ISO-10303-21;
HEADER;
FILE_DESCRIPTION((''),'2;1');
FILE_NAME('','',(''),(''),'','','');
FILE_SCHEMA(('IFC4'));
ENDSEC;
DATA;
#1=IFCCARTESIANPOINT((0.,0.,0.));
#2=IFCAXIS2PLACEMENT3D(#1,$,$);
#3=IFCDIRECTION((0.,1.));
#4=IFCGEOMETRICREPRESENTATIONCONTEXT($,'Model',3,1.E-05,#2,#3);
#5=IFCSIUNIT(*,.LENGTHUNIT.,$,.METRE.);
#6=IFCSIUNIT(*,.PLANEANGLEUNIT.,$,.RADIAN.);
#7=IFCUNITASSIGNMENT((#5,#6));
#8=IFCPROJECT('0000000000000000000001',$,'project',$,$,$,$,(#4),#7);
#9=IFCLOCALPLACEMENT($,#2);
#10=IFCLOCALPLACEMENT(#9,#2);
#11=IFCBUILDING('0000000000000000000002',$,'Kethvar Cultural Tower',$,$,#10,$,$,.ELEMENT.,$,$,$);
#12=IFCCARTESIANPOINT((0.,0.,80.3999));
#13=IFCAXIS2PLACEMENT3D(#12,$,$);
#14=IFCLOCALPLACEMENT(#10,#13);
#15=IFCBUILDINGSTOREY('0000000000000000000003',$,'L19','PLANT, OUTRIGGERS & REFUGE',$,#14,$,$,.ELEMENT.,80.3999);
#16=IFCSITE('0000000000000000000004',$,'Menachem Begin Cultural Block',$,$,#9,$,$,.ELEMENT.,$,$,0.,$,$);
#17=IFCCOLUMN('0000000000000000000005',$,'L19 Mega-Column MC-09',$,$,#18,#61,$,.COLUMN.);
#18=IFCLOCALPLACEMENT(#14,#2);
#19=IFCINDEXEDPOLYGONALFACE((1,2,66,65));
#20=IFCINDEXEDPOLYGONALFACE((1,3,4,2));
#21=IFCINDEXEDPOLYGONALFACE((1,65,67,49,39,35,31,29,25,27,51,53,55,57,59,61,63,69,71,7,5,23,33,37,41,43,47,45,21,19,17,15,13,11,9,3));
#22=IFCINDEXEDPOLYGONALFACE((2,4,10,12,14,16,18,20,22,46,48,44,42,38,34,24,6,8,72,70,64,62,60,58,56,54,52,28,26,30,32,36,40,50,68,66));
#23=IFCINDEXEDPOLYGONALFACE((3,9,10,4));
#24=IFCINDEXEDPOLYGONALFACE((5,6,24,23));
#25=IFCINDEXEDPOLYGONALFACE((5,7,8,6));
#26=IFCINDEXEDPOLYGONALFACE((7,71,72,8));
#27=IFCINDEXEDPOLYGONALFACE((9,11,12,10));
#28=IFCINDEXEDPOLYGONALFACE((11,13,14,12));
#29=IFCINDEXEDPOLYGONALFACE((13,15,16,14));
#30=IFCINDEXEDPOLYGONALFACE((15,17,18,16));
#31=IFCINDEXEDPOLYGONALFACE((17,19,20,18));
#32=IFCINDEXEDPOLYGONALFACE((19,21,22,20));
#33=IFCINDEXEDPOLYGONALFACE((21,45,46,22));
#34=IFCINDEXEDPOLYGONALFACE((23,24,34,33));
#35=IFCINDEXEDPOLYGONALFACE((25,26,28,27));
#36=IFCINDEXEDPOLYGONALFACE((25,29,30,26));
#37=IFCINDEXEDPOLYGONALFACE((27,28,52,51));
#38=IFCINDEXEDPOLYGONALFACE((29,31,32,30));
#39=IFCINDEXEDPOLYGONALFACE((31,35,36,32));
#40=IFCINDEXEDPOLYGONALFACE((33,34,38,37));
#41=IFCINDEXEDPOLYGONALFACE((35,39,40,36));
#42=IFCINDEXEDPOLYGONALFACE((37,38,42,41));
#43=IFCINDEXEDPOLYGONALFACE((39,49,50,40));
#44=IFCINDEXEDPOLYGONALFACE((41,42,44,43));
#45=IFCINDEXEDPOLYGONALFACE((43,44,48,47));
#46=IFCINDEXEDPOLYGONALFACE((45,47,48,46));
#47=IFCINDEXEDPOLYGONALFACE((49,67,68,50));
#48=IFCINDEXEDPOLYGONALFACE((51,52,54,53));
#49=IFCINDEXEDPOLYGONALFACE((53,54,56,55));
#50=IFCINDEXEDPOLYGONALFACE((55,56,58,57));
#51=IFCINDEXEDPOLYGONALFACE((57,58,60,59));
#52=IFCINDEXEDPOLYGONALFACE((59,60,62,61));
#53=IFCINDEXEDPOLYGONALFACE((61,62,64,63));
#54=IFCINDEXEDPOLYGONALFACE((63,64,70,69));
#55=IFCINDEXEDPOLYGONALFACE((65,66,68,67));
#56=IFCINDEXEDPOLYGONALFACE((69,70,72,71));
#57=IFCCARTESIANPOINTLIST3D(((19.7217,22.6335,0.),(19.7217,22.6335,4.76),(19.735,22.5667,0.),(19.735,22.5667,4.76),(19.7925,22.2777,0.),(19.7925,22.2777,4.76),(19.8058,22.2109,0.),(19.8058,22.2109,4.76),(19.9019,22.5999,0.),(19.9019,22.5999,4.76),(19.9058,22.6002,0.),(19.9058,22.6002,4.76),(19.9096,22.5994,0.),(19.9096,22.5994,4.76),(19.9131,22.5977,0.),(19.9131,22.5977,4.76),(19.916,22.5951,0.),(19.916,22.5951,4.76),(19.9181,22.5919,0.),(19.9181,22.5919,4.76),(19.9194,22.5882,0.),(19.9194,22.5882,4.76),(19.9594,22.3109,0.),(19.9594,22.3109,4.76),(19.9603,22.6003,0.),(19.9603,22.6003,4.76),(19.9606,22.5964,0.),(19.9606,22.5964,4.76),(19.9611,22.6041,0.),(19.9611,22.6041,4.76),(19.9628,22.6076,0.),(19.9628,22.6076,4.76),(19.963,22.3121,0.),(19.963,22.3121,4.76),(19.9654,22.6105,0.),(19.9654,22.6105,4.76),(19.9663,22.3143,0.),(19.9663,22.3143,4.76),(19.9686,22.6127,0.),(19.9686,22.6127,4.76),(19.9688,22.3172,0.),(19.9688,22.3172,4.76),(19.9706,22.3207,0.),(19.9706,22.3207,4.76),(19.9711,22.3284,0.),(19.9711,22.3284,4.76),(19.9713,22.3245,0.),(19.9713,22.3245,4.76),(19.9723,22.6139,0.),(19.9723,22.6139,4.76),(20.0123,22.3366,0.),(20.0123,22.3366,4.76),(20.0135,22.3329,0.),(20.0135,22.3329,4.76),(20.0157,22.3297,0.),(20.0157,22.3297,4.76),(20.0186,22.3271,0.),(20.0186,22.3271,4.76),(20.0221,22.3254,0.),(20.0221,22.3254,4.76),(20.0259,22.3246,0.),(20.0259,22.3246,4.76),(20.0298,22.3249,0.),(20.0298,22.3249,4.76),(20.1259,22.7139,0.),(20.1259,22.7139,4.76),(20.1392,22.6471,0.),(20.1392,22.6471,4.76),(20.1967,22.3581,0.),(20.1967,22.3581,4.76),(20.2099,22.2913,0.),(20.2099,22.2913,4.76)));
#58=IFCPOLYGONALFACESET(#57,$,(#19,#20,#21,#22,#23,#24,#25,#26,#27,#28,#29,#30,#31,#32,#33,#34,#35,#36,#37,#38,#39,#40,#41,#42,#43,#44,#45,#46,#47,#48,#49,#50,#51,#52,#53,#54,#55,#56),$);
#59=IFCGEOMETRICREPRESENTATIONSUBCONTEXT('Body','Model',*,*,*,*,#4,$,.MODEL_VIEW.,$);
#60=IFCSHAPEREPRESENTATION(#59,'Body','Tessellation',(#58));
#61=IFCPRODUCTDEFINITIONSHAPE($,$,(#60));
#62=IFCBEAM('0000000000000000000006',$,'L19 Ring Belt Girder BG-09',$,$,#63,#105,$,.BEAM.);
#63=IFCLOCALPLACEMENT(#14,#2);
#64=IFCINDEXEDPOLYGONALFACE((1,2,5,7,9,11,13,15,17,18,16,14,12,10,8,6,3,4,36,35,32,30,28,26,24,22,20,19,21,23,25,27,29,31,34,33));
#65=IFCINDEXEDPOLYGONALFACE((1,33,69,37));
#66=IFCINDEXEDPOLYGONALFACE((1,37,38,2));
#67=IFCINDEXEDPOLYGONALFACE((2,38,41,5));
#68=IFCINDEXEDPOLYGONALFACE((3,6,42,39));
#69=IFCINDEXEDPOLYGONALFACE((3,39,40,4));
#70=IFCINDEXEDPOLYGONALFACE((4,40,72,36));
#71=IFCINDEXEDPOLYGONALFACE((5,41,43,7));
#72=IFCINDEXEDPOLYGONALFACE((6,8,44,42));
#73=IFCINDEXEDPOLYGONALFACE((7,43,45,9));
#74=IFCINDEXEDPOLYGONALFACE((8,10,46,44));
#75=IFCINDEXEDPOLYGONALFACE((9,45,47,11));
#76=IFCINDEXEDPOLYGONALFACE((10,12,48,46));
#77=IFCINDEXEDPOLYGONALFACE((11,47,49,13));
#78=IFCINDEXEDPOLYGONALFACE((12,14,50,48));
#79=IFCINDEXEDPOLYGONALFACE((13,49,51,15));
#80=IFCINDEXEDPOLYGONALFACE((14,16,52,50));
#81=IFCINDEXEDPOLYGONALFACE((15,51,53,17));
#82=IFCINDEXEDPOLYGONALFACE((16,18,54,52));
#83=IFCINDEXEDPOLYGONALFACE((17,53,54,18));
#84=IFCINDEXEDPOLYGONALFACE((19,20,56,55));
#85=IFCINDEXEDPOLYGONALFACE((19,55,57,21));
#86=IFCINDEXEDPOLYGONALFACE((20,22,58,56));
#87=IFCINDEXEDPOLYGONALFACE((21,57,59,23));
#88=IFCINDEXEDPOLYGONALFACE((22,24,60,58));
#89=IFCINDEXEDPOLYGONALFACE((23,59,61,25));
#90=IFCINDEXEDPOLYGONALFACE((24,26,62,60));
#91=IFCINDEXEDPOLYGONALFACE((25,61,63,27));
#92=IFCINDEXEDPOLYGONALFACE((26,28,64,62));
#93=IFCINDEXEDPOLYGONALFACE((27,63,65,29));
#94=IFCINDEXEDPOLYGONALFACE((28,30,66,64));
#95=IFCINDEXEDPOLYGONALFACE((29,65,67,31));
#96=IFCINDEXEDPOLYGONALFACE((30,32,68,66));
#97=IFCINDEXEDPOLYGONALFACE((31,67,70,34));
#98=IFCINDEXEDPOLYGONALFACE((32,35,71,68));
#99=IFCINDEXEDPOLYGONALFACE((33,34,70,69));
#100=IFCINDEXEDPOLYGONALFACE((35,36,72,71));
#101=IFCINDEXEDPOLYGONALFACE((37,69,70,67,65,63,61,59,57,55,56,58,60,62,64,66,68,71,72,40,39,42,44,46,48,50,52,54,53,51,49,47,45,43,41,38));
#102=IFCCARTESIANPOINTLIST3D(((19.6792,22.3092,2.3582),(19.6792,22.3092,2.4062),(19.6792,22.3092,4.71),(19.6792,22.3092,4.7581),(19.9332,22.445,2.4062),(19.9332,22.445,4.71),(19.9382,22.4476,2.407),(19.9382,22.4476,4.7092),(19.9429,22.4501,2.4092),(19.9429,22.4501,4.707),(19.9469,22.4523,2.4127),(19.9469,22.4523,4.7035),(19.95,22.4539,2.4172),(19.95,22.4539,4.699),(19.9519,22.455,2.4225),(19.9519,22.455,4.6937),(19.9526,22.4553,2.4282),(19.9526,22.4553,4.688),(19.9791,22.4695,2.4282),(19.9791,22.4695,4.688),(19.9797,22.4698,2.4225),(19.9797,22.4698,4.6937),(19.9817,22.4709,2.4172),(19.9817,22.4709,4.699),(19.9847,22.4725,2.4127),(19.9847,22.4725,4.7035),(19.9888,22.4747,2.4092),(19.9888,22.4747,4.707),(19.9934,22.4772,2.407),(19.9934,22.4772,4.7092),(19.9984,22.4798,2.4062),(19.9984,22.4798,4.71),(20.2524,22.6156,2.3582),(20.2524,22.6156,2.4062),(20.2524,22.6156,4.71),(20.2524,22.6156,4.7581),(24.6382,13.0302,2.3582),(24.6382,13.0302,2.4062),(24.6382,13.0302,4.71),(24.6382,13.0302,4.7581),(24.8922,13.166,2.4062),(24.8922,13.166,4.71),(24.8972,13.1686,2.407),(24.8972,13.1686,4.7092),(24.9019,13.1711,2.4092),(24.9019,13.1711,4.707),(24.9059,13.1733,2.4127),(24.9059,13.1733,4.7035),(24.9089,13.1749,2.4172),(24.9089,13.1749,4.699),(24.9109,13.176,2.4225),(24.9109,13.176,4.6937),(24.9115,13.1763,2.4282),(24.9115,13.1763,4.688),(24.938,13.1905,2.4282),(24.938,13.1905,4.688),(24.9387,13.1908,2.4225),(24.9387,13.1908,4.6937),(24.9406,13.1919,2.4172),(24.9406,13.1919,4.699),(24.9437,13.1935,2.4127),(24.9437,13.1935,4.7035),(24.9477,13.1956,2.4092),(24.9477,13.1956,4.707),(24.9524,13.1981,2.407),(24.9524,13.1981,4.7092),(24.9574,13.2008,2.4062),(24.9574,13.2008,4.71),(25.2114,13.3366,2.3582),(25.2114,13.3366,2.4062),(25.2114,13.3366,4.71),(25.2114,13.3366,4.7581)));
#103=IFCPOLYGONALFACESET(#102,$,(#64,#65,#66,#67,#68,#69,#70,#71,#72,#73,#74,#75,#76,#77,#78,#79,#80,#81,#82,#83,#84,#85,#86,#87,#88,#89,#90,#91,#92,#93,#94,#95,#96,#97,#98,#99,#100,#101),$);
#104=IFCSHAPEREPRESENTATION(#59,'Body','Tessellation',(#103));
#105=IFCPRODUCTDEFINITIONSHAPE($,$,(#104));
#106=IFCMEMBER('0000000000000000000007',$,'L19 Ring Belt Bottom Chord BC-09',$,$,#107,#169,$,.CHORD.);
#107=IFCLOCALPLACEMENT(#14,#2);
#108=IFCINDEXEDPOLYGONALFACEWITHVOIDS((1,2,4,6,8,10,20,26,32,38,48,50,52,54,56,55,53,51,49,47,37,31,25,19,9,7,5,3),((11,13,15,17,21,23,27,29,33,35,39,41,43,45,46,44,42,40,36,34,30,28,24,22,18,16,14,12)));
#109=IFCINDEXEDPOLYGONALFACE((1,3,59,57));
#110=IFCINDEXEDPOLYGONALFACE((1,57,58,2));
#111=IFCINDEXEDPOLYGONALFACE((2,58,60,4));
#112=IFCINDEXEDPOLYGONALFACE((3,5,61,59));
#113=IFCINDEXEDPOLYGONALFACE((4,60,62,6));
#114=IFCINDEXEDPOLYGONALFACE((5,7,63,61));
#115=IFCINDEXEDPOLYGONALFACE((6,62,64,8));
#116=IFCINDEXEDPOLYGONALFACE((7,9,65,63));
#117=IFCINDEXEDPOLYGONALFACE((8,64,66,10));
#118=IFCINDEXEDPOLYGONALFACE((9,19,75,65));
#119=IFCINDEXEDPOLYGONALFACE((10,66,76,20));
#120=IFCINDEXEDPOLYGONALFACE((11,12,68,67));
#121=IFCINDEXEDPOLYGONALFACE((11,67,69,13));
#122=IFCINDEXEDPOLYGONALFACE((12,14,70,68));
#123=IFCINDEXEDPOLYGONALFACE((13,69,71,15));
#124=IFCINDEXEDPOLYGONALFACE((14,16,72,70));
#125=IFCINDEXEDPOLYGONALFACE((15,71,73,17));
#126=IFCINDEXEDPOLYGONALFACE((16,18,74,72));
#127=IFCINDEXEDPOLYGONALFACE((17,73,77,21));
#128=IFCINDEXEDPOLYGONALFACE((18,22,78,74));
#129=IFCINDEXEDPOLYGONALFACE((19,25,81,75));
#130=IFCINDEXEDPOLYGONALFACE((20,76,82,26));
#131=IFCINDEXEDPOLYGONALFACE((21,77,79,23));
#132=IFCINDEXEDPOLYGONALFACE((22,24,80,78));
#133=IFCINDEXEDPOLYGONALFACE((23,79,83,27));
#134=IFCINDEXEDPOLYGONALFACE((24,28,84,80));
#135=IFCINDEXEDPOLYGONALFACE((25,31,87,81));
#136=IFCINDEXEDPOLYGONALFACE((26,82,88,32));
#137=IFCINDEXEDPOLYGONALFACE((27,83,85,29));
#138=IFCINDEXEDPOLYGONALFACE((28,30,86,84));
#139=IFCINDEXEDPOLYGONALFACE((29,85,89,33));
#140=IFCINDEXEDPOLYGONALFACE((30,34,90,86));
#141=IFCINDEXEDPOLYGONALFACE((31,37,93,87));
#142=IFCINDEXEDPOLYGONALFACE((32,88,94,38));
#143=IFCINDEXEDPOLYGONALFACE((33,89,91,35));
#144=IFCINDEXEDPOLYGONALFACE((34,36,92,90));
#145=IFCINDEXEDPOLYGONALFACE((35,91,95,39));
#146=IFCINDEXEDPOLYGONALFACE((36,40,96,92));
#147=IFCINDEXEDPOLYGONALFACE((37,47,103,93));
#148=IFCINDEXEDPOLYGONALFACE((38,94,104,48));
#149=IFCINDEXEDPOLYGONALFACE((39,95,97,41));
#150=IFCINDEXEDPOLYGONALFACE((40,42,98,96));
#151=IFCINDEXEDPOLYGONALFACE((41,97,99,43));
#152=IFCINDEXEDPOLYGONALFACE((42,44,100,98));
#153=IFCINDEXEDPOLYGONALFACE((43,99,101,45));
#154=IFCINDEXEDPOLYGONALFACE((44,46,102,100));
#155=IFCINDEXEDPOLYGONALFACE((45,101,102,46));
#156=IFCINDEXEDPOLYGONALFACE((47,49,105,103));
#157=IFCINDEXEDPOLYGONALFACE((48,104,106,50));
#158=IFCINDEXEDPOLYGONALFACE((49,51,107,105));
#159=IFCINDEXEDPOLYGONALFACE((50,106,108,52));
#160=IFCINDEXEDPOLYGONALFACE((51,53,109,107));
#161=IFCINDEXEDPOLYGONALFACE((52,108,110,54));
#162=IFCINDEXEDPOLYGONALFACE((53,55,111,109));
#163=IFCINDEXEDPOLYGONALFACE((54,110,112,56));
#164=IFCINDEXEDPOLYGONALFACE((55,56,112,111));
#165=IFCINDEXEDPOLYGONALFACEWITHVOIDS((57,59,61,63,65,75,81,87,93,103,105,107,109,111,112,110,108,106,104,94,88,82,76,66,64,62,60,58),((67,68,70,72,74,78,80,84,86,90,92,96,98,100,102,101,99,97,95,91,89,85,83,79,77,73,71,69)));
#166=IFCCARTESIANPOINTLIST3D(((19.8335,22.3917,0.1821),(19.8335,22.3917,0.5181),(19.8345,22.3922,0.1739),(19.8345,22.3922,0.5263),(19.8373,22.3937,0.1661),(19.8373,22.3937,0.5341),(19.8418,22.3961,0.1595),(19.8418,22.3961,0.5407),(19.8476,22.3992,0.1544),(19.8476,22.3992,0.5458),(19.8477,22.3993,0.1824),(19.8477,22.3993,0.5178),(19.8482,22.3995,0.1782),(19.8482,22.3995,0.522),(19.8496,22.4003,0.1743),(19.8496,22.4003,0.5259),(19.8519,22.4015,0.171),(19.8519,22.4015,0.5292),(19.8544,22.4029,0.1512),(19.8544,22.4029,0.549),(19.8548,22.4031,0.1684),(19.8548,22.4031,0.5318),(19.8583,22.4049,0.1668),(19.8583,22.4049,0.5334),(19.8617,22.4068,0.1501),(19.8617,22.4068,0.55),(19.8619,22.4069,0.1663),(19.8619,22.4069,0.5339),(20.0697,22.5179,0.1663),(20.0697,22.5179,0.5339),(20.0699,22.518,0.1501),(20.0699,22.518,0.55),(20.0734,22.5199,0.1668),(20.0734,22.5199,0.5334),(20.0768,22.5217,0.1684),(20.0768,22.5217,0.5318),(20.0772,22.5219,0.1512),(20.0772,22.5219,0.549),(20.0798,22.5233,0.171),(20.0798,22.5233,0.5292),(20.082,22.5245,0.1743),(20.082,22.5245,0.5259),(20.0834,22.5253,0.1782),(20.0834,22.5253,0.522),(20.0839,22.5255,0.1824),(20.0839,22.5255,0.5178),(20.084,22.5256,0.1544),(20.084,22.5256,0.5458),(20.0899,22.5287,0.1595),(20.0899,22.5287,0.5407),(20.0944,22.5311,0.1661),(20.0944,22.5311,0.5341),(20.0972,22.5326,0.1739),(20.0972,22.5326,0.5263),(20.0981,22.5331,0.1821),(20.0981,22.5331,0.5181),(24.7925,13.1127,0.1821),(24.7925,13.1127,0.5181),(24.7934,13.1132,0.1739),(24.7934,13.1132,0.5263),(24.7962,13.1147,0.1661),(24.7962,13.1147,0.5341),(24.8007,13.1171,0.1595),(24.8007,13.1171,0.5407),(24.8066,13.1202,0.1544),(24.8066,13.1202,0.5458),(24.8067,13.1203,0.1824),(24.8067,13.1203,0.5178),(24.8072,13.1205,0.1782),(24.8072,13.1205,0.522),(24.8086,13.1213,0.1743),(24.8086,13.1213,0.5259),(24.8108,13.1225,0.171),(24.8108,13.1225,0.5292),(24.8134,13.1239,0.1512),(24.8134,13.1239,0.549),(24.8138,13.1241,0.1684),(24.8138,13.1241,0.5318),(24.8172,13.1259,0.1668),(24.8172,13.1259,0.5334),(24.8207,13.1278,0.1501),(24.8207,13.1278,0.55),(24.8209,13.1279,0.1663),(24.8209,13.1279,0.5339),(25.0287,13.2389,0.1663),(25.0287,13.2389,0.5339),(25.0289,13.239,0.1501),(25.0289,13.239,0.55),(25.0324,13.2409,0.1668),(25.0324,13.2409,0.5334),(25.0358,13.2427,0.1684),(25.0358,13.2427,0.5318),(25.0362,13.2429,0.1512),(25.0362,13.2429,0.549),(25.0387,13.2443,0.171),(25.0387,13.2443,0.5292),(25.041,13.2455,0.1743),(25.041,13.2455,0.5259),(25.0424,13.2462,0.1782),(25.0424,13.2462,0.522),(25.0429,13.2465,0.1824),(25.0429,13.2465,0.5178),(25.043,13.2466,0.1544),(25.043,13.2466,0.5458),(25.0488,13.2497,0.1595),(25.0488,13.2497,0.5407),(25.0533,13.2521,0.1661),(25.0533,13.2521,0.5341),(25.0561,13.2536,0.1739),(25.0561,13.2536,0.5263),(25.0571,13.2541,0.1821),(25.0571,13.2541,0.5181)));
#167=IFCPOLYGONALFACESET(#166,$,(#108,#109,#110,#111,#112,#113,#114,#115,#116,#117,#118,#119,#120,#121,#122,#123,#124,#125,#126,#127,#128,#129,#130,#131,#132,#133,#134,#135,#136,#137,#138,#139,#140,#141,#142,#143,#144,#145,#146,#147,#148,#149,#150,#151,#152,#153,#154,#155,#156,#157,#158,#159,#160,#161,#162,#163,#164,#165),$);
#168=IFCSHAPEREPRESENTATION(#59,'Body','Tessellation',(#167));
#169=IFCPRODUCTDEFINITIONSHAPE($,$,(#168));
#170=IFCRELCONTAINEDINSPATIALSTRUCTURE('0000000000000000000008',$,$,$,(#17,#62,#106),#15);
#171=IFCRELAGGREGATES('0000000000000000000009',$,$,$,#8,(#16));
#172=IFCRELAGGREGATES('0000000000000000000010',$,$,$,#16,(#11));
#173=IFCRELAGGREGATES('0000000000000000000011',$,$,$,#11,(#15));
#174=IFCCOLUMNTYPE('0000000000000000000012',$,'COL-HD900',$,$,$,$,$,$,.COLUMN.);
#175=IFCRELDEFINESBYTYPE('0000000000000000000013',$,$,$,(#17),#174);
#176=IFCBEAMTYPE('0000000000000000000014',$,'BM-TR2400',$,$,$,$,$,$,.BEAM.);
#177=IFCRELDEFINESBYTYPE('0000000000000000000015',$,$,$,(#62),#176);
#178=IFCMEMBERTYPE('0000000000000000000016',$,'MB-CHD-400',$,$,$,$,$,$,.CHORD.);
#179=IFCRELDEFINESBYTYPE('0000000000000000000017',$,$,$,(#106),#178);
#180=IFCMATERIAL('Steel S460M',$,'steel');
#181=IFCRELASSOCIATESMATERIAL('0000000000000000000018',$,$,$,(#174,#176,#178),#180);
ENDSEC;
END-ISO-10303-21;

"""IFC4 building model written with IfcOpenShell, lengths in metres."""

from ifc_helpers import new_model, si_unit, direction, frame, origin, origin_2d, place, context, subcontext, project, spatial, hollow_rectangle, i_section, extrude, source, transform, mapped, material, material_profile, profile_set, type_object, element, save


model = new_model("IFC4")

# Units and contexts
model_context = context("Model", 3, precision=1e-05, world=origin(), true_north=direction((0.0, 1.0)))
body_context = subcontext(model_context, "Body", "Model", "MODEL_VIEW")
ifc_project = project(units=[si_unit("LENGTHUNIT", "METRE"), si_unit("PLANEANGLEUNIT", "RADIAN")], contexts=[model_context])

# Site, building, storey
site_placement = place(None, origin())
site = spatial("IfcSite", under=ifc_project, at=site_placement, Name="Menachem Begin Cultural Block", CompositionType="ELEMENT", RefElevation=0.0)
building_placement = place(site_placement, origin())
building = spatial("IfcBuilding", under=site, at=building_placement, Name="Kethvar Cultural Tower", CompositionType="ELEMENT")
storey_placement = place(building_placement, frame((0.0, 0.0, 80.3999)))
storey = spatial("IfcBuildingStorey", under=building, at=storey_placement, Name="L19", Description="PLANT, OUTRIGGERS & REFUGE", CompositionType="ELEMENT", Elevation=80.3999)

# Column
ifc_material_1 = material(Name="Steel S460M", Category="steel")
ifc_material_profile_1 = material_profile(ifc_material_1, i_section(OverallWidth=0.4121, OverallDepth=0.4309, WebThickness=0.042, FlangeThickness=0.0681, FilletRadius=0.0149, at=origin_2d()), Name="Steel S460M — HD400x900")
ifc_profile_set_1 = profile_set([ifc_material_profile_1], Name="Steel S460M — HD400x900")
column_type = type_object("IfcColumnType", Name="COL-HD900", PredefinedType="COLUMN", material=ifc_profile_set_1)
shared_shape_1 = source(origin(), body_context, "Body", "SweptSolid", [
    extrude(i_section(OverallWidth=0.4121, OverallDepth=0.4309, WebThickness=0.042, FlangeThickness=0.0681, FilletRadius=0.0149, at=origin_2d()), origin(), (0.0, 0.0, 1.0), 4.76),
])
column_placement = place(storey_placement, frame((19.9658, 22.4624, 0.0), z_axis=(0.0, 0.0, 1.0), x_axis=(-0.980785, -0.19509, 0.0)))
element("IfcColumn", 1, at=column_placement, inside=storey, type_object=column_type, Name="L19 Mega-Column MC-09", PredefinedType="COLUMN", context=body_context, shape_type="MappedRepresentation", body=[
    mapped(shared_shape_1, transform((0.0, 0.0, 0.0), scale=1.0)),
])

# Beam
ifc_material_profile_2 = material_profile(ifc_material_1, i_section(OverallWidth=0.6499, OverallDepth=2.3999, WebThickness=0.03, FlangeThickness=0.0481, FilletRadius=0.022, at=origin_2d()), Name="Steel S460M — PG2400x650x48x30")
ifc_profile_set_2 = profile_set([ifc_material_profile_2], Name="Steel S460M — PG2400x650x48x30")
beam_type = type_object("IfcBeamType", Name="BM-TR2400", PredefinedType="BEAM", material=ifc_profile_set_2)
shared_shape_2 = source(origin(), body_context, "Body", "SweptSolid", [
    extrude(i_section(OverallWidth=0.6499, OverallDepth=2.3999, WebThickness=0.03, FlangeThickness=0.0481, FilletRadius=0.022, at=origin_2d()), origin(), (0.0, 0.0, 1.0), 10.521),
])
beam_placement = place(storey_placement, frame((19.9658, 22.4624, 3.5581), z_axis=(0.47134, -0.881952, 0.0), x_axis=(0.881952, 0.47134, 0.0)))
element("IfcBeam", 2, at=beam_placement, inside=storey, type_object=beam_type, Name="L19 Ring Belt Girder BG-09", PredefinedType="BEAM", context=body_context, shape_type="MappedRepresentation", body=[
    mapped(shared_shape_2, transform((0.0, 0.0, 0.0), scale=1.0)),
])

# Member
ifc_material_profile_3 = material_profile(ifc_material_1, hollow_rectangle(XDim=0.3, YDim=0.3999, WallThickness=0.0161, InnerFilletRadius=0.0161, OuterFilletRadius=0.032, at=origin_2d()), Name="Steel S460M — RHS400x300x16")
ifc_profile_set_3 = profile_set([ifc_material_profile_3], Name="Steel S460M — RHS400x300x16")
member_type_1 = type_object("IfcMemberType", Name="MB-CHD-400", PredefinedType="CHORD", material=ifc_profile_set_3)
shared_shape_3 = source(origin(), body_context, "Body", "SweptSolid", [
    extrude(hollow_rectangle(XDim=0.3, YDim=0.3999, WallThickness=0.0161, InnerFilletRadius=0.0161, OuterFilletRadius=0.032, at=origin_2d()), origin(), (0.0, 0.0, 1.0), 10.521),
])
member_1_placement = place(storey_placement, frame((19.9658, 22.4624, 0.3501), z_axis=(0.47134, -0.881952, 0.0), x_axis=(0.881952, 0.47134, 0.0)))
element("IfcMember", 3, at=member_1_placement, inside=storey, type_object=member_type_1, Name="L19 Ring Belt Bottom Chord BC-09", PredefinedType="CHORD", context=body_context, shape_type="MappedRepresentation", body=[
    mapped(shared_shape_3, transform((0.0, 0.0, 0.0), scale=1.0)),
])

save(model, "model.ifc")
